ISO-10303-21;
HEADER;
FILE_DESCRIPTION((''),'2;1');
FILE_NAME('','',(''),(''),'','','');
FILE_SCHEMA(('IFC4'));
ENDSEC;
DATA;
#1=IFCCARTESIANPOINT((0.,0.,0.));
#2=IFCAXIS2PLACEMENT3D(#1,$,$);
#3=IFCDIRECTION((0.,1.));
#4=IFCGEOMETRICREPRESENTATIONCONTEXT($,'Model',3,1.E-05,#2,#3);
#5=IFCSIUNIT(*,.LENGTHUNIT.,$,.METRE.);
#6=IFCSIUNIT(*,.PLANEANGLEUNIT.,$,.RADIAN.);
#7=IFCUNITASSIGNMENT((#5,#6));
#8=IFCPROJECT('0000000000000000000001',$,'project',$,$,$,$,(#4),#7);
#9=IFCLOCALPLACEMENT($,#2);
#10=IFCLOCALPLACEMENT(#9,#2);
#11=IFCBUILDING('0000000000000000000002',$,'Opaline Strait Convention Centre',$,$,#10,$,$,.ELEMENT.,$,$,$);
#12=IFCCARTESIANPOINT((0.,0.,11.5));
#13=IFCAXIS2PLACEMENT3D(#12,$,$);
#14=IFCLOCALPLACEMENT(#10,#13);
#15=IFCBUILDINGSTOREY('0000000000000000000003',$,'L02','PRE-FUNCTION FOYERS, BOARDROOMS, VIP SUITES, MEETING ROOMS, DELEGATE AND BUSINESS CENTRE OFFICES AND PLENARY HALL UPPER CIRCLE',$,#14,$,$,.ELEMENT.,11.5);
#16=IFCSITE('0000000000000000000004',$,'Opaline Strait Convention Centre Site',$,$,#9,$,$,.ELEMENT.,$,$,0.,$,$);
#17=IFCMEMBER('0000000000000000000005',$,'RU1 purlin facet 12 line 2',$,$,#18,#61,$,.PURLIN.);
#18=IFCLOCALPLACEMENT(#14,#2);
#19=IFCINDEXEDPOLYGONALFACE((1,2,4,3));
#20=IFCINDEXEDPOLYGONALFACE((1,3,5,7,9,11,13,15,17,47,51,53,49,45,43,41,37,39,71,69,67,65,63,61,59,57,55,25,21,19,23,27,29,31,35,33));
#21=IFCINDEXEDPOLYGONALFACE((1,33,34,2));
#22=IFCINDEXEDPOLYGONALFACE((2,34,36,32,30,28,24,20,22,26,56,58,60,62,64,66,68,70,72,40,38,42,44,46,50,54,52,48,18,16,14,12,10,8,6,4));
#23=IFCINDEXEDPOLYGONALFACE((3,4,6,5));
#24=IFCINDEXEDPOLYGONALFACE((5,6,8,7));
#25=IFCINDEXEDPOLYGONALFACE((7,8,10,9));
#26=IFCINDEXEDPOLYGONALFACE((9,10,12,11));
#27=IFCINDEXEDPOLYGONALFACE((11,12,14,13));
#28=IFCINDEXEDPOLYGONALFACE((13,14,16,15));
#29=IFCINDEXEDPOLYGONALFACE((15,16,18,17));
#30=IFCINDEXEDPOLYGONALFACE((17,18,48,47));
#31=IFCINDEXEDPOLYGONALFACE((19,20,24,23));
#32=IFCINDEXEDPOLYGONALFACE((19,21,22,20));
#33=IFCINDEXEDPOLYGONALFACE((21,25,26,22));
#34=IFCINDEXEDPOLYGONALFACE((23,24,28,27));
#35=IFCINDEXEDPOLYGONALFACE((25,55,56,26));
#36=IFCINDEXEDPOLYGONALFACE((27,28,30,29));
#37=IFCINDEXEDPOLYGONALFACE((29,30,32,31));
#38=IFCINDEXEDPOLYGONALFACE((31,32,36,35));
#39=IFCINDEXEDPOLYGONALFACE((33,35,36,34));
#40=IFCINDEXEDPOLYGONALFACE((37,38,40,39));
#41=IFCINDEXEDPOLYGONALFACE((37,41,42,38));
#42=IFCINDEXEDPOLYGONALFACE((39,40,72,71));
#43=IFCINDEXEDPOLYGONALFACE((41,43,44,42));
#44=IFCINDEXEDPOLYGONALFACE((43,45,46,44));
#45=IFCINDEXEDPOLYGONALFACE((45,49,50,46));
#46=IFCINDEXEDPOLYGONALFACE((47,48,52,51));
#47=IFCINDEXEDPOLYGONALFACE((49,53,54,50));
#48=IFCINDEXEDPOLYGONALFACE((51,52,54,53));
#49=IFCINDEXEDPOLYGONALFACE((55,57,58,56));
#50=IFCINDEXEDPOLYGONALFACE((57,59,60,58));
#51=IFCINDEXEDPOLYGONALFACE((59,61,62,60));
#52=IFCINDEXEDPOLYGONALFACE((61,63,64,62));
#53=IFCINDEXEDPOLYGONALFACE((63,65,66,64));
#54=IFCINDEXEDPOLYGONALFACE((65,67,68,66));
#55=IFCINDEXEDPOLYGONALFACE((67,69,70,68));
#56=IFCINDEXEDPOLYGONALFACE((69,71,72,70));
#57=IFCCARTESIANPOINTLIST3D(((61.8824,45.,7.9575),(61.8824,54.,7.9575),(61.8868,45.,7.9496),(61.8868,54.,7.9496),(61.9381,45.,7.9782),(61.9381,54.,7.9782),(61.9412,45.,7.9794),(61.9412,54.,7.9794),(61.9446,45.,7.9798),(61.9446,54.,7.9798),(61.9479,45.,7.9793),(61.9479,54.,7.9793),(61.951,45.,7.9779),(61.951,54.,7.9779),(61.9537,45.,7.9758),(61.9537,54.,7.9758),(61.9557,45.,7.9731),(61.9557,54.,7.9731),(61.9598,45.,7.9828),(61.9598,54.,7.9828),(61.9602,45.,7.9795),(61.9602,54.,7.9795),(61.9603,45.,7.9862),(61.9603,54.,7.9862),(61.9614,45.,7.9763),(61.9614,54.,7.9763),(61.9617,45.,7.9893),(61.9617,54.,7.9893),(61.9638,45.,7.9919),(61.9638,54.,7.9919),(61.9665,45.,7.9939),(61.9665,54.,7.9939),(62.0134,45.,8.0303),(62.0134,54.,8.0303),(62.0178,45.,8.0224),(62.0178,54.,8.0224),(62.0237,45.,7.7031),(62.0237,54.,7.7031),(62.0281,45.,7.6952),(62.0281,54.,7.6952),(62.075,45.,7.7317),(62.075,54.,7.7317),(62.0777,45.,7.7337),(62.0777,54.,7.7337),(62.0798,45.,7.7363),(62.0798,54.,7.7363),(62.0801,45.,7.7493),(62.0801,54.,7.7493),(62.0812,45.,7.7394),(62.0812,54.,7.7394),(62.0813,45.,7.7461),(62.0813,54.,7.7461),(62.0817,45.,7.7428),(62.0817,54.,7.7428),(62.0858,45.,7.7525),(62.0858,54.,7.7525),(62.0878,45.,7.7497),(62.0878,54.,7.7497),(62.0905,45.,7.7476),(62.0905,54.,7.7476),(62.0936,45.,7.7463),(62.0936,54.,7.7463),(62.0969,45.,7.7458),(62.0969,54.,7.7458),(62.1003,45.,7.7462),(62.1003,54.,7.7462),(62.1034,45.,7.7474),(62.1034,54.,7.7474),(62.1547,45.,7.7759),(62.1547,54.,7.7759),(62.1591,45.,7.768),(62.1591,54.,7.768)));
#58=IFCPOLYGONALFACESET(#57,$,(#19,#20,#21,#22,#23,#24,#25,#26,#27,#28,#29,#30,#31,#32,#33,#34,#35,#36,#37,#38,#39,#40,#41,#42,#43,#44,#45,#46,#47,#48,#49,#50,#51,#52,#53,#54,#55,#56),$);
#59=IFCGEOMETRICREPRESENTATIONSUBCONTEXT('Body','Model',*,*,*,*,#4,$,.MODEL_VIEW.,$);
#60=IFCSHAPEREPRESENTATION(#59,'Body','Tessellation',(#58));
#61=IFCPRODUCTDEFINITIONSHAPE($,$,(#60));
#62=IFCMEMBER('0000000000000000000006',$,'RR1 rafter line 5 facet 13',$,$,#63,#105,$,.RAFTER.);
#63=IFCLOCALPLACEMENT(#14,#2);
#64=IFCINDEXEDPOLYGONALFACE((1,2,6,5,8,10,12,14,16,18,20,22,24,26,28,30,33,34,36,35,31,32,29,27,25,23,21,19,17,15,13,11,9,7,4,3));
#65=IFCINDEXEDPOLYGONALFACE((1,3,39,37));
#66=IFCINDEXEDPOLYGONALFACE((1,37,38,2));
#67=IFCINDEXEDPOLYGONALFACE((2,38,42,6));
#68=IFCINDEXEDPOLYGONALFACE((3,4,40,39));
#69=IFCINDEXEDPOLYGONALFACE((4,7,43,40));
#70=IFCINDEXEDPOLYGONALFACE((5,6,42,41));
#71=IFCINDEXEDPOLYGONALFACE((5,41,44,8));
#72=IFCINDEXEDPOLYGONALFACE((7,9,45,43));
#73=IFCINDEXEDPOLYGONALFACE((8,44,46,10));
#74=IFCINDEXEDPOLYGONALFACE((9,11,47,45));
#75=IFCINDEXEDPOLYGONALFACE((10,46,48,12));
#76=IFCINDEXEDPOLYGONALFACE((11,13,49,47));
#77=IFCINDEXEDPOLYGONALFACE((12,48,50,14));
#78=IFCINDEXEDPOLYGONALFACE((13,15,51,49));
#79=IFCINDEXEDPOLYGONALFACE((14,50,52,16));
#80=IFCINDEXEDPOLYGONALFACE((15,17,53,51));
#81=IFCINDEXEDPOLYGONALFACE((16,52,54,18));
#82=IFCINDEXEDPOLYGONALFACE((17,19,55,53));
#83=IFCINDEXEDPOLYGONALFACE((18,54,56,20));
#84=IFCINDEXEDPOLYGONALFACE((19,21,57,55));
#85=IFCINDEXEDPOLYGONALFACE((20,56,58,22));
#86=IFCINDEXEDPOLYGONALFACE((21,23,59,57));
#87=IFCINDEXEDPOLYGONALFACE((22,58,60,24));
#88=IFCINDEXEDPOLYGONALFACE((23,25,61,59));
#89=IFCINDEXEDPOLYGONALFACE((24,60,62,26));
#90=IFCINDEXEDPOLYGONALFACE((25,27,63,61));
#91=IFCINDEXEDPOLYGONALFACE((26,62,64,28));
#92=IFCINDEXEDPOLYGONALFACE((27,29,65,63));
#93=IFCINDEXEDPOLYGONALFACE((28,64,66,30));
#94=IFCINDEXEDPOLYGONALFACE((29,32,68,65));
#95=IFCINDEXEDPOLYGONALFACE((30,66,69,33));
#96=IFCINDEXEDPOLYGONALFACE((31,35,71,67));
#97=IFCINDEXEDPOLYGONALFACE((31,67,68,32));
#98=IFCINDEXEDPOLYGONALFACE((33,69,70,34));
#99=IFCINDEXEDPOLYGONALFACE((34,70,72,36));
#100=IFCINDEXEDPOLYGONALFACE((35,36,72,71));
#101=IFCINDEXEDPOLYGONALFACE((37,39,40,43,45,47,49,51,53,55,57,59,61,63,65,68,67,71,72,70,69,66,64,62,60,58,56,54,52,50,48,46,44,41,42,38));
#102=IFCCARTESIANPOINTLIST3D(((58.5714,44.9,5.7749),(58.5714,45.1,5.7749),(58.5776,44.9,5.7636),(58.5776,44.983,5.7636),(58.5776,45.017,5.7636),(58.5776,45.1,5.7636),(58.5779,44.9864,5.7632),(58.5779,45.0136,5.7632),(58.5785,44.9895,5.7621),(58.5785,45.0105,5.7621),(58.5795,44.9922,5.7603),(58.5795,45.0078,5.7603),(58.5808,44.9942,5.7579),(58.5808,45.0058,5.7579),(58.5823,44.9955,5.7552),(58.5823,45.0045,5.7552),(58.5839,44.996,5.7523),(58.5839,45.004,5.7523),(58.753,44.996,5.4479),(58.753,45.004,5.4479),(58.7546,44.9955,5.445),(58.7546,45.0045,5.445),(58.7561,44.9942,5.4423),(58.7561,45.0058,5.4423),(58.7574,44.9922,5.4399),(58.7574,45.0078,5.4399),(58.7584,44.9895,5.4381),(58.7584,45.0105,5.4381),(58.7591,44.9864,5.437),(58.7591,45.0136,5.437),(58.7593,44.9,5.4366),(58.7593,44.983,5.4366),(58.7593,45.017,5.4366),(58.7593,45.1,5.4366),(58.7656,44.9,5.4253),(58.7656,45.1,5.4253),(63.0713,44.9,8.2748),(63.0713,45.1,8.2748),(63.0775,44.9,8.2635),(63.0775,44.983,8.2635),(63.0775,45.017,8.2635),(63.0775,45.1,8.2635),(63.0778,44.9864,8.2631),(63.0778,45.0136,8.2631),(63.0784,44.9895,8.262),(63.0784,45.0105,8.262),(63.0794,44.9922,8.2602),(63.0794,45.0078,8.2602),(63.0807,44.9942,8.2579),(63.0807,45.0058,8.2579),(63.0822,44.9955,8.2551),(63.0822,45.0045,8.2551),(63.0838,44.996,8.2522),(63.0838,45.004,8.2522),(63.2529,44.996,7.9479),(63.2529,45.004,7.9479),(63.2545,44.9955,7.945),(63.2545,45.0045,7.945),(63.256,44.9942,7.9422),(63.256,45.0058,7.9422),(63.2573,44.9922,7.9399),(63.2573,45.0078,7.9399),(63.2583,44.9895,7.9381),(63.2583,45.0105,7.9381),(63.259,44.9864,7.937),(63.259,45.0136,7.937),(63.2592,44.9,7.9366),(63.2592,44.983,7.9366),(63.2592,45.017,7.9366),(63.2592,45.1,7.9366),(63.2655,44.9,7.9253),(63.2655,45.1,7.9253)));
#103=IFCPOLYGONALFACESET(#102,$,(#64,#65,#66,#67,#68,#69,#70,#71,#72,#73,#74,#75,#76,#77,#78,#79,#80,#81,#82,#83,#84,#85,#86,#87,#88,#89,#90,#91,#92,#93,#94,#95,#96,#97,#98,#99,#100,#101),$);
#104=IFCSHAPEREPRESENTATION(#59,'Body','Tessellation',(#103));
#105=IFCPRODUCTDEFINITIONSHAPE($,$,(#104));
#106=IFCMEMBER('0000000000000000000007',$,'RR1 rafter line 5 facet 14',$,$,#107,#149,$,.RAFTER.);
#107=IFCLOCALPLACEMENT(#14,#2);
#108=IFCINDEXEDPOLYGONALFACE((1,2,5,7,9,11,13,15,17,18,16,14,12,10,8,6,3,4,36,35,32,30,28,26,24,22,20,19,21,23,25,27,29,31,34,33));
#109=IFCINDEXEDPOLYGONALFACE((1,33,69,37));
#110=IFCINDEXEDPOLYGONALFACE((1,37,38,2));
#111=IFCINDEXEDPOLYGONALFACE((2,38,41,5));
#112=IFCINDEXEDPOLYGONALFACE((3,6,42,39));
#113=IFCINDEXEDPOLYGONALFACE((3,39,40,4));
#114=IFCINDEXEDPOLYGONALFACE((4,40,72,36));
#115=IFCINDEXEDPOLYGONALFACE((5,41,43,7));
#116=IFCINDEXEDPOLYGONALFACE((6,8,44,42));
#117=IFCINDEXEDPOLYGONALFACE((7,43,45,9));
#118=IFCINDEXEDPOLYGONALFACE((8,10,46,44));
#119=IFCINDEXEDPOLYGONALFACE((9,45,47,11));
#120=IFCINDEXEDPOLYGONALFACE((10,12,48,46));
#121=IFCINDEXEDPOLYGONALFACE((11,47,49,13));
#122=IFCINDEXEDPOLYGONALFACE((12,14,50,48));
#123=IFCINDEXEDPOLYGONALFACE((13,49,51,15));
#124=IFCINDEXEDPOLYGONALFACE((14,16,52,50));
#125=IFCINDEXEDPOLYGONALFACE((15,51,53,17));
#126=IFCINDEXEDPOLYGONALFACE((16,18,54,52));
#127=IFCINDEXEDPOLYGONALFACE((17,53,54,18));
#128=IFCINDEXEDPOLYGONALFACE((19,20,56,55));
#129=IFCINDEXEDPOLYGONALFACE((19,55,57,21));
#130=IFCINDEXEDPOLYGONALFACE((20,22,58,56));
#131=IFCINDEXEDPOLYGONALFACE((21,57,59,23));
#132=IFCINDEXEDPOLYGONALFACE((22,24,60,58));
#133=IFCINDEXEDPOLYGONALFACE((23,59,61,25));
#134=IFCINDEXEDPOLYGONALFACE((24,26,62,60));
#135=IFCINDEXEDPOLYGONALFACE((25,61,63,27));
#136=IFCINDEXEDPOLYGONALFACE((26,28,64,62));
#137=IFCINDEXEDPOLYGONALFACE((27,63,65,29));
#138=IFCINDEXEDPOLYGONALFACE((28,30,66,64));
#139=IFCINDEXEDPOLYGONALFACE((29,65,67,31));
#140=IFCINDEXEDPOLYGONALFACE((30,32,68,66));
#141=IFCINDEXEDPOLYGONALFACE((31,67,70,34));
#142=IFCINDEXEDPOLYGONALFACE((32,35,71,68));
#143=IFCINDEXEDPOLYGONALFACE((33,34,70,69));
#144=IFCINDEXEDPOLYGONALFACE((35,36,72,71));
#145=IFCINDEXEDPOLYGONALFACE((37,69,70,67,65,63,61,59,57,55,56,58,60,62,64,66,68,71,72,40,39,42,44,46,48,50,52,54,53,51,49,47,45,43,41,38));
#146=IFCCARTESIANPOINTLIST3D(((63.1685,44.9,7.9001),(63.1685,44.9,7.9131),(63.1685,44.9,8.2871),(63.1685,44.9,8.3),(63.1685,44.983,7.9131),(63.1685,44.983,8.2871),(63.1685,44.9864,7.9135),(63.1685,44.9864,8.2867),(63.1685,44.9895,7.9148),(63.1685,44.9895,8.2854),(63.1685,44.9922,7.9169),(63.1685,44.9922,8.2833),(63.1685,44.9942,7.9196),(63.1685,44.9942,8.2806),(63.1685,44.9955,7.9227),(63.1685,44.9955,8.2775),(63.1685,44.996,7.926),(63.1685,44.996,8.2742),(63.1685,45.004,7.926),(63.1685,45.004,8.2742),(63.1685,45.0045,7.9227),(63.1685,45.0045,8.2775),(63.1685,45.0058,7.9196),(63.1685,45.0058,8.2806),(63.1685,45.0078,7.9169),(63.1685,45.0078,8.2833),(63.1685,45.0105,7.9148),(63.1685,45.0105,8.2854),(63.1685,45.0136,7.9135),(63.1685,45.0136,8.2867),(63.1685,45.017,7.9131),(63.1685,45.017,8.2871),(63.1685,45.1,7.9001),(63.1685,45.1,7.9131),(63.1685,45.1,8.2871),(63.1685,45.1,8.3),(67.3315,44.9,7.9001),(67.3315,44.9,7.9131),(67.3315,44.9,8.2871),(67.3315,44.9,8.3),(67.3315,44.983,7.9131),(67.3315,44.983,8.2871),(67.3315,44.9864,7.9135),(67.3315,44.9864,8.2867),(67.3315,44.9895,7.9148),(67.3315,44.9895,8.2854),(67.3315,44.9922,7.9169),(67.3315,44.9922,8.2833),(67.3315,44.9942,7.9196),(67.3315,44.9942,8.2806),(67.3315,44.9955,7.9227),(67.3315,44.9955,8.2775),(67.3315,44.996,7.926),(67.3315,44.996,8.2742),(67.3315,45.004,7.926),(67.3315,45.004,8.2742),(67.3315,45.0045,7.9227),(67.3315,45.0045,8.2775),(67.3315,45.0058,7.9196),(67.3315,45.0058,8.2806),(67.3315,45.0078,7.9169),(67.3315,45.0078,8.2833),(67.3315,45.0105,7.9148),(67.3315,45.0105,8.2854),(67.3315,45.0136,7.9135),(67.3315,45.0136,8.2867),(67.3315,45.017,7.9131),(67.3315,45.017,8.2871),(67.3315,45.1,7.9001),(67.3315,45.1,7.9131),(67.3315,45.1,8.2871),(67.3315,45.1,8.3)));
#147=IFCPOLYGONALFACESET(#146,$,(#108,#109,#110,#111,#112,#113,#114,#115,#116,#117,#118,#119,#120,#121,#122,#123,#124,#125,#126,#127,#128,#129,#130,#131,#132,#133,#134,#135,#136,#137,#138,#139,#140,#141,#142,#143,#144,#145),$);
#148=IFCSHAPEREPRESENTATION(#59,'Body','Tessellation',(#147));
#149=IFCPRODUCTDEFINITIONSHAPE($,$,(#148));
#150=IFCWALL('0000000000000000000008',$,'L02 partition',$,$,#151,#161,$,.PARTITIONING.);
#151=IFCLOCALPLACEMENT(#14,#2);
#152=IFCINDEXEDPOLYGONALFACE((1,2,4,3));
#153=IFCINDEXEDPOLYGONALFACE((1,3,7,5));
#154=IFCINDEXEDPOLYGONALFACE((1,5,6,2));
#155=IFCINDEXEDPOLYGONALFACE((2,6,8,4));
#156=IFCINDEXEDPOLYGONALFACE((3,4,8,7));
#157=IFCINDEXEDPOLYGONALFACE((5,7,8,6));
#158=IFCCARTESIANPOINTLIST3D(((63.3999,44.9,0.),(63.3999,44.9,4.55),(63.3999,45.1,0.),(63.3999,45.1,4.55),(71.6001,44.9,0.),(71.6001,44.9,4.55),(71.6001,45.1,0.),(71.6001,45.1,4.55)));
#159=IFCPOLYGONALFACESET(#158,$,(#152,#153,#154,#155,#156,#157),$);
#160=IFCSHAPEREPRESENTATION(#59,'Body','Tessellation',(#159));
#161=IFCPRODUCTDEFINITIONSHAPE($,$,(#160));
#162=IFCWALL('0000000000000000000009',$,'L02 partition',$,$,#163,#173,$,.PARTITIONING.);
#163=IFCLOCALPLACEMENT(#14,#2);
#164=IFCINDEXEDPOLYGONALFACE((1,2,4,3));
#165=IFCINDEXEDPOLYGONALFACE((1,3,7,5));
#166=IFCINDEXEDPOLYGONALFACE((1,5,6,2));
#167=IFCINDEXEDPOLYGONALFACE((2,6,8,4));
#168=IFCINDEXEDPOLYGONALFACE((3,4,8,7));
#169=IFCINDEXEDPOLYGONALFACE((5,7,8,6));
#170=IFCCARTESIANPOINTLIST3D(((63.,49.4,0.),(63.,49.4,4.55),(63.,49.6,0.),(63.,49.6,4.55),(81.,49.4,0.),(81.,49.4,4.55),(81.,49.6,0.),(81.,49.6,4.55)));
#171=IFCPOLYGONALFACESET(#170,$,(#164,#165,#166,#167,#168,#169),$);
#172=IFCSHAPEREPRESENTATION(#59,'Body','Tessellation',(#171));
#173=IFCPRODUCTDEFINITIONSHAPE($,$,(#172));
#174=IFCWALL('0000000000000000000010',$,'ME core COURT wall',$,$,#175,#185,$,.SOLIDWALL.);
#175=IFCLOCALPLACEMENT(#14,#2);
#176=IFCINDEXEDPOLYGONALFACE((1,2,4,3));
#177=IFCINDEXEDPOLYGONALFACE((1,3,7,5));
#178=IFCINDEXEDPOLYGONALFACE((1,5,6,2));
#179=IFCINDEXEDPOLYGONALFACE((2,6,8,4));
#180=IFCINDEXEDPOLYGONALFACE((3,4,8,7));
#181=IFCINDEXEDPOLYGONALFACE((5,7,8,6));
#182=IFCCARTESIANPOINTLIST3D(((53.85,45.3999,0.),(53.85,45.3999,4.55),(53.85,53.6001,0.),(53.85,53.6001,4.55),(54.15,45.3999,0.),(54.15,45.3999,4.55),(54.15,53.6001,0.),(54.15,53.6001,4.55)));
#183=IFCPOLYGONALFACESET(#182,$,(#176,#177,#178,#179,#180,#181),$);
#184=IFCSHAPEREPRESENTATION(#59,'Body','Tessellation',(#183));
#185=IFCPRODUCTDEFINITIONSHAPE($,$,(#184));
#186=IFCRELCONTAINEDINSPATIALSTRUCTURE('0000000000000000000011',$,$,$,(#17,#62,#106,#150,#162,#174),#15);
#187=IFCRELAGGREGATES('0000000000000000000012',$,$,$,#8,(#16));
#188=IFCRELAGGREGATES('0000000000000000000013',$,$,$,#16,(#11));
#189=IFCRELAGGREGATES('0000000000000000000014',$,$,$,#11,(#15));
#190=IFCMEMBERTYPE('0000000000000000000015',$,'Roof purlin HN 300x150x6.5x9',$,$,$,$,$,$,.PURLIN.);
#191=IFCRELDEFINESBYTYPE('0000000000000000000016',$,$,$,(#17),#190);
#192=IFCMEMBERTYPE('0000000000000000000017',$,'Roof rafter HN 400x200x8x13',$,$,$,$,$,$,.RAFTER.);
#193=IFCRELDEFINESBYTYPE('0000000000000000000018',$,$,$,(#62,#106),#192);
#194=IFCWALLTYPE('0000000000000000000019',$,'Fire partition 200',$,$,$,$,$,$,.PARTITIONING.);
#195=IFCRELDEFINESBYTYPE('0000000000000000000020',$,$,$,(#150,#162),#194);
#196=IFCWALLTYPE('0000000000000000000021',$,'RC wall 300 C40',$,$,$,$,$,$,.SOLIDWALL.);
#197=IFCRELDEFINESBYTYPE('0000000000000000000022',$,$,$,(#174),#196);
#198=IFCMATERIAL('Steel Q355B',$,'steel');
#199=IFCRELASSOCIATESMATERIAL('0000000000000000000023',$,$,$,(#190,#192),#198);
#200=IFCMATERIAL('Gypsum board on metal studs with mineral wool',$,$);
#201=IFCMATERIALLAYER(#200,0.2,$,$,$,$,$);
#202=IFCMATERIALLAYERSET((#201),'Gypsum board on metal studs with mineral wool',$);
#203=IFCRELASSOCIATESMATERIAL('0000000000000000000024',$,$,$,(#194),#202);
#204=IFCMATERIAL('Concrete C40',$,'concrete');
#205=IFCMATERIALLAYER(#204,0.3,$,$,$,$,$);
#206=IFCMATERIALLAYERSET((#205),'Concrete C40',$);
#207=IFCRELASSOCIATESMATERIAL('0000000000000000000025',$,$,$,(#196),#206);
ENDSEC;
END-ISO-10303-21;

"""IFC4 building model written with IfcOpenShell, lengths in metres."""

from ifc_helpers import new_model, si_unit, direction, frame, frame_2d, origin, origin_2d, place, context, subcontext, project, spatial, rectangle, i_section, extrude, material, layer, layer_set, material_profile, profile_set, type_object, element, save


model = new_model("IFC4")

# Units and contexts
model_context = context("Model", 3, precision=1e-05, world=origin(), true_north=direction((0.0, 1.0)))
body_context = subcontext(model_context, "Body", "Model", "MODEL_VIEW")
ifc_project = project(units=[si_unit("LENGTHUNIT", "METRE"), si_unit("PLANEANGLEUNIT", "RADIAN")], contexts=[model_context])

# Site, building, storey
site_placement = place(None, origin())
site = spatial("IfcSite", under=ifc_project, at=site_placement, Name="Opaline Strait Convention Centre Site", CompositionType="ELEMENT", RefElevation=0.0)
building_placement = place(site_placement, origin())
building = spatial("IfcBuilding", under=site, at=building_placement, Name="Opaline Strait Convention Centre", CompositionType="ELEMENT")
storey_placement = place(building_placement, frame((0.0, 0.0, 11.5)))
storey = spatial("IfcBuildingStorey", under=building, at=storey_placement, Name="L02", Description="PRE-FUNCTION FOYERS, BOARDROOMS, VIP SUITES, MEETING ROOMS, DELEGATE AND BUSINESS CENTRE OFFICES AND PLENARY HALL UPPER CIRCLE", CompositionType="ELEMENT", Elevation=11.5)

# Shared definitions
ifc_material_1 = material(Name="Concrete C40", Category="concrete")

# Shared definitions
ifc_material_2 = material(Name="Steel Q355B", Category="steel")

# Members
ifc_material_profile_1 = material_profile(ifc_material_2, i_section(OverallWidth=0.1499, OverallDepth=0.3, WebThickness=0.0066, FlangeThickness=0.009, FilletRadius=0.0129, at=origin_2d()), Name="HN 300x150x6.5x9")
ifc_profile_set_1 = profile_set([ifc_material_profile_1], Name="Steel Q355B")
member_type_1 = type_object("IfcMemberType", Name="Roof purlin HN 300x150x6.5x9", PredefinedType="PURLIN", material=ifc_profile_set_1)
for number, where, z_axis, x_axis, name in (
    (1, (62.0208, 45.0, 7.8628), (0.0, 1.0, 0.0), (-0.874157, 0.0, -0.485643), "RU1 purlin facet 12 line 2"),
):
    element("IfcMember", number, at=place(storey_placement, frame(where, z_axis=z_axis, x_axis=x_axis)), inside=storey, type_object=member_type_1, Name=name, PredefinedType="PURLIN", context=body_context, shape_type="SweptSolid", body=[
        extrude(i_section(OverallWidth=0.1499, OverallDepth=0.3, WebThickness=0.0066, FlangeThickness=0.009, FilletRadius=0.0129, at=origin_2d()), origin(), (0.0, 0.0, 1.0), 9.0),
    ])
ifc_material_profile_2 = material_profile(ifc_material_2, i_section(OverallWidth=0.2, OverallDepth=0.3999, WebThickness=0.0081, FlangeThickness=0.0129, FilletRadius=0.0129, at=origin_2d()), Name="HN 400x200x8x13")
ifc_profile_set_2 = profile_set([ifc_material_profile_2], Name="Steel Q355B")
member_type_2 = type_object("IfcMemberType", Name="Roof rafter HN 400x200x8x13", PredefinedType="RAFTER", material=ifc_profile_set_2)
member_1_placement = place(storey_placement, frame((58.6685, 45.0, 5.6001), z_axis=(0.874157, 0.0, 0.485643), x_axis=(0.0, 1.0, 0.0)))
element("IfcMember", 2, at=member_1_placement, inside=storey, type_object=member_type_2, Name="RR1 rafter line 5 facet 13", PredefinedType="RAFTER", context=body_context, shape_type="SweptSolid", body=[
    extrude(i_section(OverallWidth=0.2, OverallDepth=0.3999, WebThickness=0.0081, FlangeThickness=0.0129, FilletRadius=0.0129, at=origin_2d()), origin(), (0.0, 0.0, 1.0), 5.1477),
])
member_2_placement = place(storey_placement, frame((63.1685, 45.0, 8.1001), z_axis=(1.0, 0.0, 0.0), x_axis=(0.0, 1.0, 0.0)))
element("IfcMember", 3, at=member_2_placement, inside=storey, type_object=member_type_2, Name="RR1 rafter line 5 facet 14", PredefinedType="RAFTER", context=body_context, shape_type="SweptSolid", body=[
    extrude(i_section(OverallWidth=0.2, OverallDepth=0.3999, WebThickness=0.0081, FlangeThickness=0.0129, FilletRadius=0.0129, at=origin_2d()), origin(), (0.0, 0.0, 1.0), 4.1631),
])

# Walls
ifc_material_3 = material(Name="Gypsum board on metal studs with mineral wool")
ifc_layer_1 = layer(ifc_material_3, 0.2)
ifc_layer_set_1 = layer_set([ifc_layer_1], Name="Gypsum board on metal studs with mineral wool")
wall_type_1 = type_object("IfcWallType", Name="Fire partition 200", PredefinedType="PARTITIONING", material=ifc_layer_set_1)
wall_1_placement = place(storey_placement, frame((63.3999, 45.0, 0.0), z_axis=(0.0, 0.0, 1.0), x_axis=(1.0, 0.0, 0.0)))
element("IfcWall", 4, at=wall_1_placement, inside=storey, type_object=wall_type_1, Name="L02 partition", PredefinedType="PARTITIONING", context=body_context, shape_type="SweptSolid", body=[
    extrude(rectangle(XDim=8.2002, YDim=0.2, at=frame_2d((4.1001, 0.0))), origin(), (0.0, 0.0, 1.0), 4.55),
])
wall_2_placement = place(storey_placement, frame((63.0, 49.5, 0.0), z_axis=(0.0, 0.0, 1.0), x_axis=(1.0, 0.0, 0.0)))
element("IfcWall", 5, at=wall_2_placement, inside=storey, type_object=wall_type_1, Name="L02 partition", PredefinedType="PARTITIONING", context=body_context, shape_type="SweptSolid", body=[
    extrude(rectangle(XDim=18.0, YDim=0.2, at=frame_2d((9.0, 0.0))), origin(), (0.0, 0.0, 1.0), 4.55),
])

# Shared definitions
ifc_layer_2 = layer(ifc_material_1, 0.3)
ifc_layer_set_2 = layer_set([ifc_layer_2], Name="Concrete C40")
wall_type_2 = type_object("IfcWallType", Name="RC wall 300 C40", PredefinedType="SOLIDWALL", material=ifc_layer_set_2)

# Wall
wall_3_placement = place(storey_placement, frame((54.0, 45.3999, 0.0), z_axis=(0.0, 0.0, 1.0), x_axis=(0.0, 1.0, 0.0)))
element("IfcWall", 6, at=wall_3_placement, inside=storey, type_object=wall_type_2, Name="ME core COURT wall", PredefinedType="SOLIDWALL", context=body_context, shape_type="SweptSolid", body=[
    extrude(rectangle(XDim=8.2002, YDim=0.3, at=frame_2d((4.1001, 0.0))), origin(), (0.0, 0.0, 1.0), 4.55),
])

save(model, "model.ifc")
